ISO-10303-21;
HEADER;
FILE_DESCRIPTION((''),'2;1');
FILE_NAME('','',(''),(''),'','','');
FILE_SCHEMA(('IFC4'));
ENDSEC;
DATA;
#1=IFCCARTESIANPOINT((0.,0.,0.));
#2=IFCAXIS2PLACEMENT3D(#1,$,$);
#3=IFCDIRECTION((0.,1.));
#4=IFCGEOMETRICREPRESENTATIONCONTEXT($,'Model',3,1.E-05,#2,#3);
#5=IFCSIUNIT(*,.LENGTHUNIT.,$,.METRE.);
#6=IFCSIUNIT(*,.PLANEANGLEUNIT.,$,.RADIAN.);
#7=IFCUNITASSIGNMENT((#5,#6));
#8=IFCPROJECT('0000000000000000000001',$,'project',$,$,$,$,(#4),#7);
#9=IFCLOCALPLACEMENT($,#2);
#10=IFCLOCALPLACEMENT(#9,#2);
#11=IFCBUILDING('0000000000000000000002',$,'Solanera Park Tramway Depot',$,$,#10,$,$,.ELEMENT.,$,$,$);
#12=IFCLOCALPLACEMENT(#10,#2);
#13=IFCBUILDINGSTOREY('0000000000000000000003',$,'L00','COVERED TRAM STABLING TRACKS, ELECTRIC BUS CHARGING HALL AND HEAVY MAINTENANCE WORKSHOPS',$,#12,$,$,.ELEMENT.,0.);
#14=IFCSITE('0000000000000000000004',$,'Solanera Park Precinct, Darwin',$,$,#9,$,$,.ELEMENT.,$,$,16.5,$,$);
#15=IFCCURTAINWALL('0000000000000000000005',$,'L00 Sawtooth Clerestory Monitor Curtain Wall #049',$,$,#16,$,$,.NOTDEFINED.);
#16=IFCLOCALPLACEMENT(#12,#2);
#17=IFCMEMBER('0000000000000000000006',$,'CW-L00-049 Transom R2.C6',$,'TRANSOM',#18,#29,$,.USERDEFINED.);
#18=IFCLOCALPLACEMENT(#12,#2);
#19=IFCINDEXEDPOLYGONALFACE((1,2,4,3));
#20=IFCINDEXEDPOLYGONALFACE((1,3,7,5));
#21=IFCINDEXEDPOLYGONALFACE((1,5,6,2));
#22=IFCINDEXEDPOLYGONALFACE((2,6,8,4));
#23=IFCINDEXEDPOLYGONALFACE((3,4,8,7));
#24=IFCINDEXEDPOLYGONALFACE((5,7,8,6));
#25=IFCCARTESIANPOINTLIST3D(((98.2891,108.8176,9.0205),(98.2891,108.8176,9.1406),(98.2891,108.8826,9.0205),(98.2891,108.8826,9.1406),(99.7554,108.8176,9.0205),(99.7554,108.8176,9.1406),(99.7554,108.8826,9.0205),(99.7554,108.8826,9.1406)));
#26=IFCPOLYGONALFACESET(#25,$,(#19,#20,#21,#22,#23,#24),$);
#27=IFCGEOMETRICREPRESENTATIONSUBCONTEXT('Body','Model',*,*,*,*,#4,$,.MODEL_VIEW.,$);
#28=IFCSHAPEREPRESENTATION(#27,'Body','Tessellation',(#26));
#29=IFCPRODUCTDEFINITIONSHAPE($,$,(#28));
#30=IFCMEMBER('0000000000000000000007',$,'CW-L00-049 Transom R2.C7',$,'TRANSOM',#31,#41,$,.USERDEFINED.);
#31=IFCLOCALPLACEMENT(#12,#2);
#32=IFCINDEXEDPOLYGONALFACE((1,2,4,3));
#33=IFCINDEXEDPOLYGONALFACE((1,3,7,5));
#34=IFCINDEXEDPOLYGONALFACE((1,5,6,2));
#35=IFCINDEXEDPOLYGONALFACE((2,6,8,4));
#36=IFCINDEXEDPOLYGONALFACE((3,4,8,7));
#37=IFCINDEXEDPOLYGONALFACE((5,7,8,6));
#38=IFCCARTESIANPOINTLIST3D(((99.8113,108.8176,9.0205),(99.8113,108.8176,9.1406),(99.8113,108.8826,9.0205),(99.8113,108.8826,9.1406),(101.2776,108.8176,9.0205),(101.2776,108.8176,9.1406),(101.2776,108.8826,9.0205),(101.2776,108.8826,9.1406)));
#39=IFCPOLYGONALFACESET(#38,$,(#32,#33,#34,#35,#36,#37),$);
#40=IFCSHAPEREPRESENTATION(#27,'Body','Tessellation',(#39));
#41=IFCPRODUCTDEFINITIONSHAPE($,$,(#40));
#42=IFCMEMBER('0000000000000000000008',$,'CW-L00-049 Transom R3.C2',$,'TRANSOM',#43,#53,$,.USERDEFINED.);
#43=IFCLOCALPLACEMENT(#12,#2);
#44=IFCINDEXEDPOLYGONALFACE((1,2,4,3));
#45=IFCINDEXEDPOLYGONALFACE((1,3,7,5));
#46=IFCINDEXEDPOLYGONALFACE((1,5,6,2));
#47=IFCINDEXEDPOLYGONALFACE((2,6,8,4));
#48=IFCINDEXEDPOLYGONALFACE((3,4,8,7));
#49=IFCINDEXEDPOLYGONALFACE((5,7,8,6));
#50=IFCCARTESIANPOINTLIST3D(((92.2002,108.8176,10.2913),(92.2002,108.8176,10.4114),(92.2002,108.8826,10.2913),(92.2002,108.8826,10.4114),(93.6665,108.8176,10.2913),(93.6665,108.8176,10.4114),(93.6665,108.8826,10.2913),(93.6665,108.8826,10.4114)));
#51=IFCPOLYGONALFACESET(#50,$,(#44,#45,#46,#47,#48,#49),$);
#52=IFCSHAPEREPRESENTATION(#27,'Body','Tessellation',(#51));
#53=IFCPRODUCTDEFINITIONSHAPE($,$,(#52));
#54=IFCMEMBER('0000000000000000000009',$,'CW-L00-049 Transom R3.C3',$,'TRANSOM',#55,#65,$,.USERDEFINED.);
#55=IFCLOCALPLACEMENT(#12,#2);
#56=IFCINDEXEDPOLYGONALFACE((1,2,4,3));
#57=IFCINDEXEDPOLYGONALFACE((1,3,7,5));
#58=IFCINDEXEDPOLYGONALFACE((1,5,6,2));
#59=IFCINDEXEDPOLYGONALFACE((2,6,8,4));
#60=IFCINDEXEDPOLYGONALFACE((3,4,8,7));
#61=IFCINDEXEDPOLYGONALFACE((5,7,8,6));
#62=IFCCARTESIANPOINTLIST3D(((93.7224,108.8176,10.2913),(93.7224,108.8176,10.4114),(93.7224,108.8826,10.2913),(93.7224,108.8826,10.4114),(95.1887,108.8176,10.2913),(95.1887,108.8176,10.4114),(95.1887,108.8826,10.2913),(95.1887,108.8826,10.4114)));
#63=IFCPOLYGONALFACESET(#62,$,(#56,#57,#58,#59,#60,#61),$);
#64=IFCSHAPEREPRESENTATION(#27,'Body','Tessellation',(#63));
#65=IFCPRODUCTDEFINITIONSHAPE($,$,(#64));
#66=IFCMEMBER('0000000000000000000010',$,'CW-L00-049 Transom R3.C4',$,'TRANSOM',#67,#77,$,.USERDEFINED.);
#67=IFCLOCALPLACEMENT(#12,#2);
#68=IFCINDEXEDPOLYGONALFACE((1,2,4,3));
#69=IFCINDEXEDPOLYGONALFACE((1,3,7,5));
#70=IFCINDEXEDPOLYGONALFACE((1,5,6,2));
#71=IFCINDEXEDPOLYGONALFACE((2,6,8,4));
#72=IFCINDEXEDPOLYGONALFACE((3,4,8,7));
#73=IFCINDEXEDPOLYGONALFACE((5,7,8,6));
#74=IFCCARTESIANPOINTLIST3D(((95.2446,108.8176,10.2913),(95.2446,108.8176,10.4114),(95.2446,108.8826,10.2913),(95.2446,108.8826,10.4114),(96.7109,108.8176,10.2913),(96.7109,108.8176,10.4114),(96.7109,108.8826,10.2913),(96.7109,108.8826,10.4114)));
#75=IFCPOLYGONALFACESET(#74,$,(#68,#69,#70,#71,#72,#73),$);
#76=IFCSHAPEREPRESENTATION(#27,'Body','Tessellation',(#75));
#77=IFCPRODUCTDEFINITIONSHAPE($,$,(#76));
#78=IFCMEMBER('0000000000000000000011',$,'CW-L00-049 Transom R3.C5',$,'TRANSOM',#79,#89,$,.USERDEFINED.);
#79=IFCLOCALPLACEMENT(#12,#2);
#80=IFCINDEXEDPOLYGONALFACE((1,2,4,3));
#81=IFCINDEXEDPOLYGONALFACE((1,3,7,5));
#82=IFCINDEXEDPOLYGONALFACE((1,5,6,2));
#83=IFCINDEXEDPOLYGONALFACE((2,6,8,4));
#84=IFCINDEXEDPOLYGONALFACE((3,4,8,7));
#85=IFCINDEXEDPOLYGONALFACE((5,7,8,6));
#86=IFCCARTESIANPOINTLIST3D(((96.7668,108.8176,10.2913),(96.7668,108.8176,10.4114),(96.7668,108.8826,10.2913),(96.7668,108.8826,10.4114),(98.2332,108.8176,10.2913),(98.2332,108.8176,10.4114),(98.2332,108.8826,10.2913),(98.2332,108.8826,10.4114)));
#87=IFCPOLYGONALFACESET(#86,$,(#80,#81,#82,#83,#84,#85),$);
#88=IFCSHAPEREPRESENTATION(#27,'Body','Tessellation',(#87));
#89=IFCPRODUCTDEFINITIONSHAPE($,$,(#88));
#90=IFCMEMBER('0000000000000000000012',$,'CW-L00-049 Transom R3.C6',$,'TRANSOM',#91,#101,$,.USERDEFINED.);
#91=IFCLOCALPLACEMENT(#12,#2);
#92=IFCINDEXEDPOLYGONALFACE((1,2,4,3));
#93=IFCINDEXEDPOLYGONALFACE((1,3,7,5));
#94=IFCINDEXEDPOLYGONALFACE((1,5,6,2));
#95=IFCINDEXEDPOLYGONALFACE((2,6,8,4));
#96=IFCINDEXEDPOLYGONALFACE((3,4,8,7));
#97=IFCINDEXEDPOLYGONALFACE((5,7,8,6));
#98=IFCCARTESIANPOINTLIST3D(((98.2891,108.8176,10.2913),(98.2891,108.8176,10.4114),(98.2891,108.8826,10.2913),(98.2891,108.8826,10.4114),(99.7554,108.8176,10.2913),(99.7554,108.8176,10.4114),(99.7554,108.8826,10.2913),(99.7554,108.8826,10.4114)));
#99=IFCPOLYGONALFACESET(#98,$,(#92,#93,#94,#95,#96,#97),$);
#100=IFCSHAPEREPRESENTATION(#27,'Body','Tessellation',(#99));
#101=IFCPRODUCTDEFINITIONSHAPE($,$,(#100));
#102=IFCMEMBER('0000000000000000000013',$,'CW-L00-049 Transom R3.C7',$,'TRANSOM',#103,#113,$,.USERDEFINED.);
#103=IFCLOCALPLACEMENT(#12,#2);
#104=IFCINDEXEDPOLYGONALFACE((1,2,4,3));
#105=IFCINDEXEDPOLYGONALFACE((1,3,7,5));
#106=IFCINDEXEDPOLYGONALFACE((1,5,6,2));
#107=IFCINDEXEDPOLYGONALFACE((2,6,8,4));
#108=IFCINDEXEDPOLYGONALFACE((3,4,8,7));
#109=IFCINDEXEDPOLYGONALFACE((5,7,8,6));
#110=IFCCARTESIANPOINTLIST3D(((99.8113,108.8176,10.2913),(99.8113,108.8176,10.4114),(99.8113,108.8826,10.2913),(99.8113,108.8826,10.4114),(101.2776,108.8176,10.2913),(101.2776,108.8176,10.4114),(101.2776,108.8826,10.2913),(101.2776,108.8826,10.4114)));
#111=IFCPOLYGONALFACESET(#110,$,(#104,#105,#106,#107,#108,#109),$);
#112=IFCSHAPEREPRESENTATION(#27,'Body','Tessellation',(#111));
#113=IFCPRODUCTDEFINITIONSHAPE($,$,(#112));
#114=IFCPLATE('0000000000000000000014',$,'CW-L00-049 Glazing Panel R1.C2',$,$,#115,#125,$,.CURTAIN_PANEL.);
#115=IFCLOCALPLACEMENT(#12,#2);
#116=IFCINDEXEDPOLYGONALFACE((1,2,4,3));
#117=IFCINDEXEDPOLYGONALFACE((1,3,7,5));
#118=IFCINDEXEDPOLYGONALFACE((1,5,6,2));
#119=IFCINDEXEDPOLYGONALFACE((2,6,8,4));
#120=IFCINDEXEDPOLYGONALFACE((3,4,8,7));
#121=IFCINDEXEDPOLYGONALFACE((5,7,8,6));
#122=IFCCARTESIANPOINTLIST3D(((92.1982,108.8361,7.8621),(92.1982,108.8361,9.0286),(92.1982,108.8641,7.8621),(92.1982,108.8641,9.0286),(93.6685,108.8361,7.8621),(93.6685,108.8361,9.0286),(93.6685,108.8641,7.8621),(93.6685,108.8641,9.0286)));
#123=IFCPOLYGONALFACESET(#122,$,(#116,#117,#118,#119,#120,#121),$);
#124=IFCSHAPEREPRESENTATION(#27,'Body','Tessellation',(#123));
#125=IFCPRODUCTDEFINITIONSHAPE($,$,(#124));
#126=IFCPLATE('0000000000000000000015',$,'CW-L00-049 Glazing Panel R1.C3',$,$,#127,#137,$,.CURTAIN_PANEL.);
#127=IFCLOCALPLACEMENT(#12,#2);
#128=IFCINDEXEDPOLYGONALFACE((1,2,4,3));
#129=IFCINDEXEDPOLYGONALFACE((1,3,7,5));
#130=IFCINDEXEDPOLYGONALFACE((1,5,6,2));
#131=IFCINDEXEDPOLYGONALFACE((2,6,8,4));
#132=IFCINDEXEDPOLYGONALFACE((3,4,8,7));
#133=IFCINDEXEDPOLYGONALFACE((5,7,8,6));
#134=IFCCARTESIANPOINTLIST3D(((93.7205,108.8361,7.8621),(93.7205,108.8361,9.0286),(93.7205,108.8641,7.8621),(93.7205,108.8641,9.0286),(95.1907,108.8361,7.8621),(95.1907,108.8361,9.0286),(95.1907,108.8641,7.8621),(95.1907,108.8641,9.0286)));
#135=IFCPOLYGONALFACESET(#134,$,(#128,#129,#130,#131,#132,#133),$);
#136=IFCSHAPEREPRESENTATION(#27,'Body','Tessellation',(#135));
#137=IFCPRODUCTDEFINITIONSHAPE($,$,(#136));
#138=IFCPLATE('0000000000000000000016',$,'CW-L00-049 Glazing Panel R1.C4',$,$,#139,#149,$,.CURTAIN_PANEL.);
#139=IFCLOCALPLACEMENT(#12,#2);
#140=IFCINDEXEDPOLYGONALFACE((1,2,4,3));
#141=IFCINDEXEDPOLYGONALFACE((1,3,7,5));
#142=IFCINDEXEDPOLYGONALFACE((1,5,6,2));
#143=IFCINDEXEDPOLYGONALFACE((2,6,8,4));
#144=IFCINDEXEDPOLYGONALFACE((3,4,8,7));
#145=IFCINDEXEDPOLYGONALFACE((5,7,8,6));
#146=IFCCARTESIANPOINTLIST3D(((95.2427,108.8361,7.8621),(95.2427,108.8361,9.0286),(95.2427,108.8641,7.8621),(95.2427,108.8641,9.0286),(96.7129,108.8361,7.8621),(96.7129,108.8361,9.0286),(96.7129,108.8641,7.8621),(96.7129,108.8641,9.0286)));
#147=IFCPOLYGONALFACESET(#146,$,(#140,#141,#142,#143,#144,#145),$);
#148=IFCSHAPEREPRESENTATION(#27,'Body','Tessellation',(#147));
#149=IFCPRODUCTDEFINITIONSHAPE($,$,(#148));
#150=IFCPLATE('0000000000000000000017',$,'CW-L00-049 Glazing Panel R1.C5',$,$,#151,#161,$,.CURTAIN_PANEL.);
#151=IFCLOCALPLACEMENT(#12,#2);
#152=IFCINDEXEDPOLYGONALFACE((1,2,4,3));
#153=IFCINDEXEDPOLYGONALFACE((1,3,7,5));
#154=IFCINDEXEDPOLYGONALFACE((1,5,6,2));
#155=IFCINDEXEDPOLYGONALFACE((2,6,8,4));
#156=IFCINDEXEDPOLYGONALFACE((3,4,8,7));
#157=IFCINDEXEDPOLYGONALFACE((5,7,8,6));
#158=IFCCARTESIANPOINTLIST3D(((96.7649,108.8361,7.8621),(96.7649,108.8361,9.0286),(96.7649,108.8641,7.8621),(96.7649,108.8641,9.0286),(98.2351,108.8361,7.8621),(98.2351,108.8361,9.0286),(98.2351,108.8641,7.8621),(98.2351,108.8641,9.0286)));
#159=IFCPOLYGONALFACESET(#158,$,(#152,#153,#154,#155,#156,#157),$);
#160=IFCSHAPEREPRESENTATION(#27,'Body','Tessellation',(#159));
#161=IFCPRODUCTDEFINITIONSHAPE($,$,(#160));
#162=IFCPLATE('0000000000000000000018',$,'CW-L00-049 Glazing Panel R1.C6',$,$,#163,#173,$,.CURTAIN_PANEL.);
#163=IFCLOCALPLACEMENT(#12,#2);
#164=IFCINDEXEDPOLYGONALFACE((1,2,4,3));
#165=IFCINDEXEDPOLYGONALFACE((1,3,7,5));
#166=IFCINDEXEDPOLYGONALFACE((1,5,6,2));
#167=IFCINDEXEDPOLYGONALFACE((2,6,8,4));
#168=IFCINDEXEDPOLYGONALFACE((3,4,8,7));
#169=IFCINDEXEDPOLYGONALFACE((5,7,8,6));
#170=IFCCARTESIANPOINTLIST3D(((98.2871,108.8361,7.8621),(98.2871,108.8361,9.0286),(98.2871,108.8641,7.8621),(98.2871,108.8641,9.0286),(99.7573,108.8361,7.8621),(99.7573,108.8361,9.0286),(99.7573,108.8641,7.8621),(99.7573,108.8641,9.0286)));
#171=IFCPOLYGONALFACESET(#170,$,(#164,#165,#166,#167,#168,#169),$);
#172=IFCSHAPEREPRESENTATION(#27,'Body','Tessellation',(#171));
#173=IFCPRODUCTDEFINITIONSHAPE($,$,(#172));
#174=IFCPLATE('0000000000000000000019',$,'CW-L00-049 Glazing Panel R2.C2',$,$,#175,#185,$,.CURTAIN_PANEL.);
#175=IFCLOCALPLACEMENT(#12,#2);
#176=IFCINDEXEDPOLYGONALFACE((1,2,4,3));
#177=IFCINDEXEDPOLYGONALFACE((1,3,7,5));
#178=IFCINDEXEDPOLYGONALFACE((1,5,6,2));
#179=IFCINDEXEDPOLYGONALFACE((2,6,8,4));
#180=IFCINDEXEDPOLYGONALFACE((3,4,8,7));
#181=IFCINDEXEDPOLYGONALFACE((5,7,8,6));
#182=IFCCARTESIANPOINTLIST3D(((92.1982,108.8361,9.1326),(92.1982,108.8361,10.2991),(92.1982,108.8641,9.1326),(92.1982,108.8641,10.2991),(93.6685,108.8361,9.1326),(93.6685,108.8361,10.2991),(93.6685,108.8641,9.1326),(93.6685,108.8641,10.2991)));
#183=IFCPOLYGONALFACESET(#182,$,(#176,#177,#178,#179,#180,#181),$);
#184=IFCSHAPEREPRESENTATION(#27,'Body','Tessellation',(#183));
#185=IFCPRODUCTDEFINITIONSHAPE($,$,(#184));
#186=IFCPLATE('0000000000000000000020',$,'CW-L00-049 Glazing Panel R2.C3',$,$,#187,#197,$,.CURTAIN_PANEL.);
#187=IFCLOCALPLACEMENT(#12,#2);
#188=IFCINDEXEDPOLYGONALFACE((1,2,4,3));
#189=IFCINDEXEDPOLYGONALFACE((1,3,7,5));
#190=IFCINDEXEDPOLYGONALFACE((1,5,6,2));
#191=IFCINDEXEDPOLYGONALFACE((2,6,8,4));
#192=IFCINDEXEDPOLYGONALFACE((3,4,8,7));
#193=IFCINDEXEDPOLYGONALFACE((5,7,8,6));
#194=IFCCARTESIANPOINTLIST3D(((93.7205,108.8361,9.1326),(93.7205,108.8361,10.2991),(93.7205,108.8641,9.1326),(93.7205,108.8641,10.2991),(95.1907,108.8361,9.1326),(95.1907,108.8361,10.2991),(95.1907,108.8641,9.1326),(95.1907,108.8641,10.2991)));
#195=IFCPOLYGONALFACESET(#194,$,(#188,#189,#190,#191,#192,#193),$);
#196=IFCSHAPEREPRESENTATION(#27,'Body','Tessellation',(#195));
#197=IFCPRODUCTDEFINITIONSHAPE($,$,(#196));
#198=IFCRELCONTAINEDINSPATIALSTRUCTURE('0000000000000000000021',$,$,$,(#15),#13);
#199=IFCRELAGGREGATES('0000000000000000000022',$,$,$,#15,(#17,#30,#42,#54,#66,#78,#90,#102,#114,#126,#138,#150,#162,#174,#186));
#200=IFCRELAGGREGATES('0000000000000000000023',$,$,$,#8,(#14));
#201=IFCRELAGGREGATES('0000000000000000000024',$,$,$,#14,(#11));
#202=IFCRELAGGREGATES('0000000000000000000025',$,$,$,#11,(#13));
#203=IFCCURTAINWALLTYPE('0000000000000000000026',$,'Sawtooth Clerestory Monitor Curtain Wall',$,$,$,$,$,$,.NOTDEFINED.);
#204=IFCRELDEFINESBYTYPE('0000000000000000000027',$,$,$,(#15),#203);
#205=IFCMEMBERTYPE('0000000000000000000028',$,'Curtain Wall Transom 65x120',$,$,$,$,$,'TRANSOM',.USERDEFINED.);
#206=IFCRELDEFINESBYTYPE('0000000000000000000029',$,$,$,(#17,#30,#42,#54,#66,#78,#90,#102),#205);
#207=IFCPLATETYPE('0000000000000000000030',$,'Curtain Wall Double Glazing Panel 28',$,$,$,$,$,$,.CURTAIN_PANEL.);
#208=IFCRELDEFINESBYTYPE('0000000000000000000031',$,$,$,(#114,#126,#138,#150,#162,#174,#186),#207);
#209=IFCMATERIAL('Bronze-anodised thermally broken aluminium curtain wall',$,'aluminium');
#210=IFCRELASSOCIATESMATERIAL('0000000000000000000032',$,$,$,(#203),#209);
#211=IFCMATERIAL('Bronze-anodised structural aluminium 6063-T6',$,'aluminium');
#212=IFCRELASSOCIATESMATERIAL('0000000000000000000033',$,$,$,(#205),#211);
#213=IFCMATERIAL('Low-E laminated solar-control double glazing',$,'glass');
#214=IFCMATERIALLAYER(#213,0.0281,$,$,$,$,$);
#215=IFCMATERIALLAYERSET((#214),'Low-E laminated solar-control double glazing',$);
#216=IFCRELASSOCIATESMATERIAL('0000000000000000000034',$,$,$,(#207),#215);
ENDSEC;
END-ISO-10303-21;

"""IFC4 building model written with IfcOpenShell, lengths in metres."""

from ifc_helpers import new_model, si_unit, direction, frame, origin, origin_2d, place, context, subcontext, project, spatial, rectangle, extrude, material, layer, layer_set, material_profile, profile_set, type_object, element, aggregate, save


model = new_model("IFC4")

# Units and contexts
model_context = context("Model", 3, precision=1e-05, world=origin(), true_north=direction((0.0, 1.0)))
body_context = subcontext(model_context, "Body", "Model", "MODEL_VIEW")
ifc_project = project(units=[si_unit("LENGTHUNIT", "METRE"), si_unit("PLANEANGLEUNIT", "RADIAN")], contexts=[model_context])

# Site, building, storey
site_placement = place(None, origin())
site = spatial("IfcSite", under=ifc_project, at=site_placement, Name="Solanera Park Precinct, Darwin", CompositionType="ELEMENT", RefElevation=16.5)
building_placement = place(site_placement, origin())
building = spatial("IfcBuilding", under=site, at=building_placement, Name="Solanera Park Tramway Depot", CompositionType="ELEMENT")
storey_placement = place(building_placement, origin())
storey = spatial("IfcBuildingStorey", under=building, at=storey_placement, Name="L00", Description="COVERED TRAM STABLING TRACKS, ELECTRIC BUS CHARGING HALL AND HEAVY MAINTENANCE WORKSHOPS", CompositionType="ELEMENT", Elevation=0.0)

# Curtain wall, members, plates
ifc_material_1 = material(Name="Bronze-anodised thermally broken aluminium curtain wall", Category="aluminium")
curtain_wall_type = type_object("IfcCurtainWallType", Name="Sawtooth Clerestory Monitor Curtain Wall", PredefinedType="NOTDEFINED", material=ifc_material_1)
curtain_wall_placement = place(storey_placement, origin())
curtain_wall = element("IfcCurtainWall", 1, at=curtain_wall_placement, inside=storey, type_object=curtain_wall_type, Name="L00 Sawtooth Clerestory Monitor Curtain Wall #049", PredefinedType="NOTDEFINED")
ifc_material_2 = material(Name="Bronze-anodised structural aluminium 6063-T6", Category="aluminium")
ifc_material_profile_1 = material_profile(ifc_material_2, rectangle(XDim=0.0649, YDim=0.1201, at=origin_2d()), Name="Curtain Wall Transom 65x120")
ifc_profile_set_1 = profile_set([ifc_material_profile_1], Name="Bronze-anodised structural aluminium 6063-T6")
member_type_1 = type_object("IfcMemberType", Name="Curtain Wall Transom 65x120", ElementType="TRANSOM", PredefinedType="USERDEFINED", material=ifc_profile_set_1)
member_1_placement = place(storey_placement, frame((98.2891, 108.8501, 9.0806), z_axis=(1.0, 0.0, 0.0), x_axis=(0.0, 1.0, 0.0)))
member_1 = element("IfcMember", 2, at=member_1_placement, type_object=member_type_1, Name="CW-L00-049 Transom R2.C6", ObjectType="TRANSOM", PredefinedType="USERDEFINED", context=body_context, shape_type="SweptSolid", body=[
    extrude(rectangle(XDim=0.0649, YDim=0.1201, at=origin_2d()), origin(), (0.0, 0.0, 1.0), 1.4663),
])
member_2_placement = place(storey_placement, frame((99.8113, 108.8501, 9.0806), z_axis=(1.0, 0.0, 0.0), x_axis=(0.0, 1.0, 0.0)))
member_2 = element("IfcMember", 3, at=member_2_placement, type_object=member_type_1, Name="CW-L00-049 Transom R2.C7", ObjectType="TRANSOM", PredefinedType="USERDEFINED", context=body_context, shape_type="SweptSolid", body=[
    extrude(rectangle(XDim=0.0649, YDim=0.1201, at=origin_2d()), origin(), (0.0, 0.0, 1.0), 1.4663),
])
member_3_placement = place(storey_placement, frame((92.2002, 108.8501, 10.3513), z_axis=(1.0, 0.0, 0.0), x_axis=(0.0, 1.0, 0.0)))
member_3 = element("IfcMember", 4, at=member_3_placement, type_object=member_type_1, Name="CW-L00-049 Transom R3.C2", ObjectType="TRANSOM", PredefinedType="USERDEFINED", context=body_context, shape_type="SweptSolid", body=[
    extrude(rectangle(XDim=0.0649, YDim=0.1201, at=origin_2d()), origin(), (0.0, 0.0, 1.0), 1.4663),
])
member_4_placement = place(storey_placement, frame((93.7224, 108.8501, 10.3513), z_axis=(1.0, 0.0, 0.0), x_axis=(0.0, 1.0, 0.0)))
member_4 = element("IfcMember", 5, at=member_4_placement, type_object=member_type_1, Name="CW-L00-049 Transom R3.C3", ObjectType="TRANSOM", PredefinedType="USERDEFINED", context=body_context, shape_type="SweptSolid", body=[
    extrude(rectangle(XDim=0.0649, YDim=0.1201, at=origin_2d()), origin(), (0.0, 0.0, 1.0), 1.4663),
])
member_5_placement = place(storey_placement, frame((95.2446, 108.8501, 10.3513), z_axis=(1.0, 0.0, 0.0), x_axis=(0.0, 1.0, 0.0)))
member_5 = element("IfcMember", 6, at=member_5_placement, type_object=member_type_1, Name="CW-L00-049 Transom R3.C4", ObjectType="TRANSOM", PredefinedType="USERDEFINED", context=body_context, shape_type="SweptSolid", body=[
    extrude(rectangle(XDim=0.0649, YDim=0.1201, at=origin_2d()), origin(), (0.0, 0.0, 1.0), 1.4663),
])
member_6_placement = place(storey_placement, frame((96.7668, 108.8501, 10.3513), z_axis=(1.0, 0.0, 0.0), x_axis=(0.0, 1.0, 0.0)))
member_6 = element("IfcMember", 7, at=member_6_placement, type_object=member_type_1, Name="CW-L00-049 Transom R3.C5", ObjectType="TRANSOM", PredefinedType="USERDEFINED", context=body_context, shape_type="SweptSolid", body=[
    extrude(rectangle(XDim=0.0649, YDim=0.1201, at=origin_2d()), origin(), (0.0, 0.0, 1.0), 1.4663),
])
member_7_placement = place(storey_placement, frame((98.2891, 108.8501, 10.3513), z_axis=(1.0, 0.0, 0.0), x_axis=(0.0, 1.0, 0.0)))
member_7 = element("IfcMember", 8, at=member_7_placement, type_object=member_type_1, Name="CW-L00-049 Transom R3.C6", ObjectType="TRANSOM", PredefinedType="USERDEFINED", context=body_context, shape_type="SweptSolid", body=[
    extrude(rectangle(XDim=0.0649, YDim=0.1201, at=origin_2d()), origin(), (0.0, 0.0, 1.0), 1.4663),
])
member_8_placement = place(storey_placement, frame((99.8113, 108.8501, 10.3513), z_axis=(1.0, 0.0, 0.0), x_axis=(0.0, 1.0, 0.0)))
member_8 = element("IfcMember", 9, at=member_8_placement, type_object=member_type_1, Name="CW-L00-049 Transom R3.C7", ObjectType="TRANSOM", PredefinedType="USERDEFINED", context=body_context, shape_type="SweptSolid", body=[
    extrude(rectangle(XDim=0.0649, YDim=0.1201, at=origin_2d()), origin(), (0.0, 0.0, 1.0), 1.4663),
])
ifc_material_3 = material(Name="Low-E laminated solar-control double glazing", Category="glass")
ifc_layer = layer(ifc_material_3, 0.0281)
ifc_layer_set = layer_set([ifc_layer], Name="Low-E laminated solar-control double glazing")
plate_type = type_object("IfcPlateType", Name="Curtain Wall Double Glazing Panel 28", PredefinedType="CURTAIN_PANEL", material=ifc_layer_set)
plate_1_placement = place(storey_placement, frame((92.9333, 108.8501, 7.8621), z_axis=(0.0, 0.0, 1.0), x_axis=(1.0, 0.0, 0.0)))
plate_1 = element("IfcPlate", 10, at=plate_1_placement, type_object=plate_type, Name="CW-L00-049 Glazing Panel R1.C2", PredefinedType="CURTAIN_PANEL", context=body_context, shape_type="SweptSolid", body=[
    extrude(rectangle(XDim=1.4702, YDim=0.0281, at=origin_2d()), origin(), (0.0, 0.0, 1.0), 1.1665),
])
plate_2_placement = place(storey_placement, frame((94.4556, 108.8501, 7.8621), z_axis=(0.0, 0.0, 1.0), x_axis=(1.0, 0.0, 0.0)))
plate_2 = element("IfcPlate", 11, at=plate_2_placement, type_object=plate_type, Name="CW-L00-049 Glazing Panel R1.C3", PredefinedType="CURTAIN_PANEL", context=body_context, shape_type="SweptSolid", body=[
    extrude(rectangle(XDim=1.4702, YDim=0.0281, at=origin_2d()), origin(), (0.0, 0.0, 1.0), 1.1665),
])
plate_3_placement = place(storey_placement, frame((95.9778, 108.8501, 7.8621), z_axis=(0.0, 0.0, 1.0), x_axis=(1.0, 0.0, 0.0)))
plate_3 = element("IfcPlate", 12, at=plate_3_placement, type_object=plate_type, Name="CW-L00-049 Glazing Panel R1.C4", PredefinedType="CURTAIN_PANEL", context=body_context, shape_type="SweptSolid", body=[
    extrude(rectangle(XDim=1.4702, YDim=0.0281, at=origin_2d()), origin(), (0.0, 0.0, 1.0), 1.1665),
])
plate_4_placement = place(storey_placement, frame((97.5, 108.8501, 7.8621), z_axis=(0.0, 0.0, 1.0), x_axis=(1.0, 0.0, 0.0)))
plate_4 = element("IfcPlate", 13, at=plate_4_placement, type_object=plate_type, Name="CW-L00-049 Glazing Panel R1.C5", PredefinedType="CURTAIN_PANEL", context=body_context, shape_type="SweptSolid", body=[
    extrude(rectangle(XDim=1.4702, YDim=0.0281, at=origin_2d()), origin(), (0.0, 0.0, 1.0), 1.1665),
])
plate_5_placement = place(storey_placement, frame((99.0222, 108.8501, 7.8621), z_axis=(0.0, 0.0, 1.0), x_axis=(1.0, 0.0, 0.0)))
plate_5 = element("IfcPlate", 14, at=plate_5_placement, type_object=plate_type, Name="CW-L00-049 Glazing Panel R1.C6", PredefinedType="CURTAIN_PANEL", context=body_context, shape_type="SweptSolid", body=[
    extrude(rectangle(XDim=1.4702, YDim=0.0281, at=origin_2d()), origin(), (0.0, 0.0, 1.0), 1.1665),
])
plate_6_placement = place(storey_placement, frame((92.9333, 108.8501, 9.1326), z_axis=(0.0, 0.0, 1.0), x_axis=(1.0, 0.0, 0.0)))
plate_6 = element("IfcPlate", 15, at=plate_6_placement, type_object=plate_type, Name="CW-L00-049 Glazing Panel R2.C2", PredefinedType="CURTAIN_PANEL", context=body_context, shape_type="SweptSolid", body=[
    extrude(rectangle(XDim=1.4702, YDim=0.0281, at=origin_2d()), origin(), (0.0, 0.0, 1.0), 1.1665),
])
plate_7_placement = place(storey_placement, frame((94.4556, 108.8501, 9.1326), z_axis=(0.0, 0.0, 1.0), x_axis=(1.0, 0.0, 0.0)))
plate_7 = element("IfcPlate", 16, at=plate_7_placement, type_object=plate_type, Name="CW-L00-049 Glazing Panel R2.C3", PredefinedType="CURTAIN_PANEL", context=body_context, shape_type="SweptSolid", body=[
    extrude(rectangle(XDim=1.4702, YDim=0.0281, at=origin_2d()), origin(), (0.0, 0.0, 1.0), 1.1665),
])
aggregate(curtain_wall, [member_1, member_2, member_3, member_4, member_5, member_6, member_7, member_8, plate_1, plate_2, plate_3, plate_4, plate_5, plate_6, plate_7])

save(model, "model.ifc")
